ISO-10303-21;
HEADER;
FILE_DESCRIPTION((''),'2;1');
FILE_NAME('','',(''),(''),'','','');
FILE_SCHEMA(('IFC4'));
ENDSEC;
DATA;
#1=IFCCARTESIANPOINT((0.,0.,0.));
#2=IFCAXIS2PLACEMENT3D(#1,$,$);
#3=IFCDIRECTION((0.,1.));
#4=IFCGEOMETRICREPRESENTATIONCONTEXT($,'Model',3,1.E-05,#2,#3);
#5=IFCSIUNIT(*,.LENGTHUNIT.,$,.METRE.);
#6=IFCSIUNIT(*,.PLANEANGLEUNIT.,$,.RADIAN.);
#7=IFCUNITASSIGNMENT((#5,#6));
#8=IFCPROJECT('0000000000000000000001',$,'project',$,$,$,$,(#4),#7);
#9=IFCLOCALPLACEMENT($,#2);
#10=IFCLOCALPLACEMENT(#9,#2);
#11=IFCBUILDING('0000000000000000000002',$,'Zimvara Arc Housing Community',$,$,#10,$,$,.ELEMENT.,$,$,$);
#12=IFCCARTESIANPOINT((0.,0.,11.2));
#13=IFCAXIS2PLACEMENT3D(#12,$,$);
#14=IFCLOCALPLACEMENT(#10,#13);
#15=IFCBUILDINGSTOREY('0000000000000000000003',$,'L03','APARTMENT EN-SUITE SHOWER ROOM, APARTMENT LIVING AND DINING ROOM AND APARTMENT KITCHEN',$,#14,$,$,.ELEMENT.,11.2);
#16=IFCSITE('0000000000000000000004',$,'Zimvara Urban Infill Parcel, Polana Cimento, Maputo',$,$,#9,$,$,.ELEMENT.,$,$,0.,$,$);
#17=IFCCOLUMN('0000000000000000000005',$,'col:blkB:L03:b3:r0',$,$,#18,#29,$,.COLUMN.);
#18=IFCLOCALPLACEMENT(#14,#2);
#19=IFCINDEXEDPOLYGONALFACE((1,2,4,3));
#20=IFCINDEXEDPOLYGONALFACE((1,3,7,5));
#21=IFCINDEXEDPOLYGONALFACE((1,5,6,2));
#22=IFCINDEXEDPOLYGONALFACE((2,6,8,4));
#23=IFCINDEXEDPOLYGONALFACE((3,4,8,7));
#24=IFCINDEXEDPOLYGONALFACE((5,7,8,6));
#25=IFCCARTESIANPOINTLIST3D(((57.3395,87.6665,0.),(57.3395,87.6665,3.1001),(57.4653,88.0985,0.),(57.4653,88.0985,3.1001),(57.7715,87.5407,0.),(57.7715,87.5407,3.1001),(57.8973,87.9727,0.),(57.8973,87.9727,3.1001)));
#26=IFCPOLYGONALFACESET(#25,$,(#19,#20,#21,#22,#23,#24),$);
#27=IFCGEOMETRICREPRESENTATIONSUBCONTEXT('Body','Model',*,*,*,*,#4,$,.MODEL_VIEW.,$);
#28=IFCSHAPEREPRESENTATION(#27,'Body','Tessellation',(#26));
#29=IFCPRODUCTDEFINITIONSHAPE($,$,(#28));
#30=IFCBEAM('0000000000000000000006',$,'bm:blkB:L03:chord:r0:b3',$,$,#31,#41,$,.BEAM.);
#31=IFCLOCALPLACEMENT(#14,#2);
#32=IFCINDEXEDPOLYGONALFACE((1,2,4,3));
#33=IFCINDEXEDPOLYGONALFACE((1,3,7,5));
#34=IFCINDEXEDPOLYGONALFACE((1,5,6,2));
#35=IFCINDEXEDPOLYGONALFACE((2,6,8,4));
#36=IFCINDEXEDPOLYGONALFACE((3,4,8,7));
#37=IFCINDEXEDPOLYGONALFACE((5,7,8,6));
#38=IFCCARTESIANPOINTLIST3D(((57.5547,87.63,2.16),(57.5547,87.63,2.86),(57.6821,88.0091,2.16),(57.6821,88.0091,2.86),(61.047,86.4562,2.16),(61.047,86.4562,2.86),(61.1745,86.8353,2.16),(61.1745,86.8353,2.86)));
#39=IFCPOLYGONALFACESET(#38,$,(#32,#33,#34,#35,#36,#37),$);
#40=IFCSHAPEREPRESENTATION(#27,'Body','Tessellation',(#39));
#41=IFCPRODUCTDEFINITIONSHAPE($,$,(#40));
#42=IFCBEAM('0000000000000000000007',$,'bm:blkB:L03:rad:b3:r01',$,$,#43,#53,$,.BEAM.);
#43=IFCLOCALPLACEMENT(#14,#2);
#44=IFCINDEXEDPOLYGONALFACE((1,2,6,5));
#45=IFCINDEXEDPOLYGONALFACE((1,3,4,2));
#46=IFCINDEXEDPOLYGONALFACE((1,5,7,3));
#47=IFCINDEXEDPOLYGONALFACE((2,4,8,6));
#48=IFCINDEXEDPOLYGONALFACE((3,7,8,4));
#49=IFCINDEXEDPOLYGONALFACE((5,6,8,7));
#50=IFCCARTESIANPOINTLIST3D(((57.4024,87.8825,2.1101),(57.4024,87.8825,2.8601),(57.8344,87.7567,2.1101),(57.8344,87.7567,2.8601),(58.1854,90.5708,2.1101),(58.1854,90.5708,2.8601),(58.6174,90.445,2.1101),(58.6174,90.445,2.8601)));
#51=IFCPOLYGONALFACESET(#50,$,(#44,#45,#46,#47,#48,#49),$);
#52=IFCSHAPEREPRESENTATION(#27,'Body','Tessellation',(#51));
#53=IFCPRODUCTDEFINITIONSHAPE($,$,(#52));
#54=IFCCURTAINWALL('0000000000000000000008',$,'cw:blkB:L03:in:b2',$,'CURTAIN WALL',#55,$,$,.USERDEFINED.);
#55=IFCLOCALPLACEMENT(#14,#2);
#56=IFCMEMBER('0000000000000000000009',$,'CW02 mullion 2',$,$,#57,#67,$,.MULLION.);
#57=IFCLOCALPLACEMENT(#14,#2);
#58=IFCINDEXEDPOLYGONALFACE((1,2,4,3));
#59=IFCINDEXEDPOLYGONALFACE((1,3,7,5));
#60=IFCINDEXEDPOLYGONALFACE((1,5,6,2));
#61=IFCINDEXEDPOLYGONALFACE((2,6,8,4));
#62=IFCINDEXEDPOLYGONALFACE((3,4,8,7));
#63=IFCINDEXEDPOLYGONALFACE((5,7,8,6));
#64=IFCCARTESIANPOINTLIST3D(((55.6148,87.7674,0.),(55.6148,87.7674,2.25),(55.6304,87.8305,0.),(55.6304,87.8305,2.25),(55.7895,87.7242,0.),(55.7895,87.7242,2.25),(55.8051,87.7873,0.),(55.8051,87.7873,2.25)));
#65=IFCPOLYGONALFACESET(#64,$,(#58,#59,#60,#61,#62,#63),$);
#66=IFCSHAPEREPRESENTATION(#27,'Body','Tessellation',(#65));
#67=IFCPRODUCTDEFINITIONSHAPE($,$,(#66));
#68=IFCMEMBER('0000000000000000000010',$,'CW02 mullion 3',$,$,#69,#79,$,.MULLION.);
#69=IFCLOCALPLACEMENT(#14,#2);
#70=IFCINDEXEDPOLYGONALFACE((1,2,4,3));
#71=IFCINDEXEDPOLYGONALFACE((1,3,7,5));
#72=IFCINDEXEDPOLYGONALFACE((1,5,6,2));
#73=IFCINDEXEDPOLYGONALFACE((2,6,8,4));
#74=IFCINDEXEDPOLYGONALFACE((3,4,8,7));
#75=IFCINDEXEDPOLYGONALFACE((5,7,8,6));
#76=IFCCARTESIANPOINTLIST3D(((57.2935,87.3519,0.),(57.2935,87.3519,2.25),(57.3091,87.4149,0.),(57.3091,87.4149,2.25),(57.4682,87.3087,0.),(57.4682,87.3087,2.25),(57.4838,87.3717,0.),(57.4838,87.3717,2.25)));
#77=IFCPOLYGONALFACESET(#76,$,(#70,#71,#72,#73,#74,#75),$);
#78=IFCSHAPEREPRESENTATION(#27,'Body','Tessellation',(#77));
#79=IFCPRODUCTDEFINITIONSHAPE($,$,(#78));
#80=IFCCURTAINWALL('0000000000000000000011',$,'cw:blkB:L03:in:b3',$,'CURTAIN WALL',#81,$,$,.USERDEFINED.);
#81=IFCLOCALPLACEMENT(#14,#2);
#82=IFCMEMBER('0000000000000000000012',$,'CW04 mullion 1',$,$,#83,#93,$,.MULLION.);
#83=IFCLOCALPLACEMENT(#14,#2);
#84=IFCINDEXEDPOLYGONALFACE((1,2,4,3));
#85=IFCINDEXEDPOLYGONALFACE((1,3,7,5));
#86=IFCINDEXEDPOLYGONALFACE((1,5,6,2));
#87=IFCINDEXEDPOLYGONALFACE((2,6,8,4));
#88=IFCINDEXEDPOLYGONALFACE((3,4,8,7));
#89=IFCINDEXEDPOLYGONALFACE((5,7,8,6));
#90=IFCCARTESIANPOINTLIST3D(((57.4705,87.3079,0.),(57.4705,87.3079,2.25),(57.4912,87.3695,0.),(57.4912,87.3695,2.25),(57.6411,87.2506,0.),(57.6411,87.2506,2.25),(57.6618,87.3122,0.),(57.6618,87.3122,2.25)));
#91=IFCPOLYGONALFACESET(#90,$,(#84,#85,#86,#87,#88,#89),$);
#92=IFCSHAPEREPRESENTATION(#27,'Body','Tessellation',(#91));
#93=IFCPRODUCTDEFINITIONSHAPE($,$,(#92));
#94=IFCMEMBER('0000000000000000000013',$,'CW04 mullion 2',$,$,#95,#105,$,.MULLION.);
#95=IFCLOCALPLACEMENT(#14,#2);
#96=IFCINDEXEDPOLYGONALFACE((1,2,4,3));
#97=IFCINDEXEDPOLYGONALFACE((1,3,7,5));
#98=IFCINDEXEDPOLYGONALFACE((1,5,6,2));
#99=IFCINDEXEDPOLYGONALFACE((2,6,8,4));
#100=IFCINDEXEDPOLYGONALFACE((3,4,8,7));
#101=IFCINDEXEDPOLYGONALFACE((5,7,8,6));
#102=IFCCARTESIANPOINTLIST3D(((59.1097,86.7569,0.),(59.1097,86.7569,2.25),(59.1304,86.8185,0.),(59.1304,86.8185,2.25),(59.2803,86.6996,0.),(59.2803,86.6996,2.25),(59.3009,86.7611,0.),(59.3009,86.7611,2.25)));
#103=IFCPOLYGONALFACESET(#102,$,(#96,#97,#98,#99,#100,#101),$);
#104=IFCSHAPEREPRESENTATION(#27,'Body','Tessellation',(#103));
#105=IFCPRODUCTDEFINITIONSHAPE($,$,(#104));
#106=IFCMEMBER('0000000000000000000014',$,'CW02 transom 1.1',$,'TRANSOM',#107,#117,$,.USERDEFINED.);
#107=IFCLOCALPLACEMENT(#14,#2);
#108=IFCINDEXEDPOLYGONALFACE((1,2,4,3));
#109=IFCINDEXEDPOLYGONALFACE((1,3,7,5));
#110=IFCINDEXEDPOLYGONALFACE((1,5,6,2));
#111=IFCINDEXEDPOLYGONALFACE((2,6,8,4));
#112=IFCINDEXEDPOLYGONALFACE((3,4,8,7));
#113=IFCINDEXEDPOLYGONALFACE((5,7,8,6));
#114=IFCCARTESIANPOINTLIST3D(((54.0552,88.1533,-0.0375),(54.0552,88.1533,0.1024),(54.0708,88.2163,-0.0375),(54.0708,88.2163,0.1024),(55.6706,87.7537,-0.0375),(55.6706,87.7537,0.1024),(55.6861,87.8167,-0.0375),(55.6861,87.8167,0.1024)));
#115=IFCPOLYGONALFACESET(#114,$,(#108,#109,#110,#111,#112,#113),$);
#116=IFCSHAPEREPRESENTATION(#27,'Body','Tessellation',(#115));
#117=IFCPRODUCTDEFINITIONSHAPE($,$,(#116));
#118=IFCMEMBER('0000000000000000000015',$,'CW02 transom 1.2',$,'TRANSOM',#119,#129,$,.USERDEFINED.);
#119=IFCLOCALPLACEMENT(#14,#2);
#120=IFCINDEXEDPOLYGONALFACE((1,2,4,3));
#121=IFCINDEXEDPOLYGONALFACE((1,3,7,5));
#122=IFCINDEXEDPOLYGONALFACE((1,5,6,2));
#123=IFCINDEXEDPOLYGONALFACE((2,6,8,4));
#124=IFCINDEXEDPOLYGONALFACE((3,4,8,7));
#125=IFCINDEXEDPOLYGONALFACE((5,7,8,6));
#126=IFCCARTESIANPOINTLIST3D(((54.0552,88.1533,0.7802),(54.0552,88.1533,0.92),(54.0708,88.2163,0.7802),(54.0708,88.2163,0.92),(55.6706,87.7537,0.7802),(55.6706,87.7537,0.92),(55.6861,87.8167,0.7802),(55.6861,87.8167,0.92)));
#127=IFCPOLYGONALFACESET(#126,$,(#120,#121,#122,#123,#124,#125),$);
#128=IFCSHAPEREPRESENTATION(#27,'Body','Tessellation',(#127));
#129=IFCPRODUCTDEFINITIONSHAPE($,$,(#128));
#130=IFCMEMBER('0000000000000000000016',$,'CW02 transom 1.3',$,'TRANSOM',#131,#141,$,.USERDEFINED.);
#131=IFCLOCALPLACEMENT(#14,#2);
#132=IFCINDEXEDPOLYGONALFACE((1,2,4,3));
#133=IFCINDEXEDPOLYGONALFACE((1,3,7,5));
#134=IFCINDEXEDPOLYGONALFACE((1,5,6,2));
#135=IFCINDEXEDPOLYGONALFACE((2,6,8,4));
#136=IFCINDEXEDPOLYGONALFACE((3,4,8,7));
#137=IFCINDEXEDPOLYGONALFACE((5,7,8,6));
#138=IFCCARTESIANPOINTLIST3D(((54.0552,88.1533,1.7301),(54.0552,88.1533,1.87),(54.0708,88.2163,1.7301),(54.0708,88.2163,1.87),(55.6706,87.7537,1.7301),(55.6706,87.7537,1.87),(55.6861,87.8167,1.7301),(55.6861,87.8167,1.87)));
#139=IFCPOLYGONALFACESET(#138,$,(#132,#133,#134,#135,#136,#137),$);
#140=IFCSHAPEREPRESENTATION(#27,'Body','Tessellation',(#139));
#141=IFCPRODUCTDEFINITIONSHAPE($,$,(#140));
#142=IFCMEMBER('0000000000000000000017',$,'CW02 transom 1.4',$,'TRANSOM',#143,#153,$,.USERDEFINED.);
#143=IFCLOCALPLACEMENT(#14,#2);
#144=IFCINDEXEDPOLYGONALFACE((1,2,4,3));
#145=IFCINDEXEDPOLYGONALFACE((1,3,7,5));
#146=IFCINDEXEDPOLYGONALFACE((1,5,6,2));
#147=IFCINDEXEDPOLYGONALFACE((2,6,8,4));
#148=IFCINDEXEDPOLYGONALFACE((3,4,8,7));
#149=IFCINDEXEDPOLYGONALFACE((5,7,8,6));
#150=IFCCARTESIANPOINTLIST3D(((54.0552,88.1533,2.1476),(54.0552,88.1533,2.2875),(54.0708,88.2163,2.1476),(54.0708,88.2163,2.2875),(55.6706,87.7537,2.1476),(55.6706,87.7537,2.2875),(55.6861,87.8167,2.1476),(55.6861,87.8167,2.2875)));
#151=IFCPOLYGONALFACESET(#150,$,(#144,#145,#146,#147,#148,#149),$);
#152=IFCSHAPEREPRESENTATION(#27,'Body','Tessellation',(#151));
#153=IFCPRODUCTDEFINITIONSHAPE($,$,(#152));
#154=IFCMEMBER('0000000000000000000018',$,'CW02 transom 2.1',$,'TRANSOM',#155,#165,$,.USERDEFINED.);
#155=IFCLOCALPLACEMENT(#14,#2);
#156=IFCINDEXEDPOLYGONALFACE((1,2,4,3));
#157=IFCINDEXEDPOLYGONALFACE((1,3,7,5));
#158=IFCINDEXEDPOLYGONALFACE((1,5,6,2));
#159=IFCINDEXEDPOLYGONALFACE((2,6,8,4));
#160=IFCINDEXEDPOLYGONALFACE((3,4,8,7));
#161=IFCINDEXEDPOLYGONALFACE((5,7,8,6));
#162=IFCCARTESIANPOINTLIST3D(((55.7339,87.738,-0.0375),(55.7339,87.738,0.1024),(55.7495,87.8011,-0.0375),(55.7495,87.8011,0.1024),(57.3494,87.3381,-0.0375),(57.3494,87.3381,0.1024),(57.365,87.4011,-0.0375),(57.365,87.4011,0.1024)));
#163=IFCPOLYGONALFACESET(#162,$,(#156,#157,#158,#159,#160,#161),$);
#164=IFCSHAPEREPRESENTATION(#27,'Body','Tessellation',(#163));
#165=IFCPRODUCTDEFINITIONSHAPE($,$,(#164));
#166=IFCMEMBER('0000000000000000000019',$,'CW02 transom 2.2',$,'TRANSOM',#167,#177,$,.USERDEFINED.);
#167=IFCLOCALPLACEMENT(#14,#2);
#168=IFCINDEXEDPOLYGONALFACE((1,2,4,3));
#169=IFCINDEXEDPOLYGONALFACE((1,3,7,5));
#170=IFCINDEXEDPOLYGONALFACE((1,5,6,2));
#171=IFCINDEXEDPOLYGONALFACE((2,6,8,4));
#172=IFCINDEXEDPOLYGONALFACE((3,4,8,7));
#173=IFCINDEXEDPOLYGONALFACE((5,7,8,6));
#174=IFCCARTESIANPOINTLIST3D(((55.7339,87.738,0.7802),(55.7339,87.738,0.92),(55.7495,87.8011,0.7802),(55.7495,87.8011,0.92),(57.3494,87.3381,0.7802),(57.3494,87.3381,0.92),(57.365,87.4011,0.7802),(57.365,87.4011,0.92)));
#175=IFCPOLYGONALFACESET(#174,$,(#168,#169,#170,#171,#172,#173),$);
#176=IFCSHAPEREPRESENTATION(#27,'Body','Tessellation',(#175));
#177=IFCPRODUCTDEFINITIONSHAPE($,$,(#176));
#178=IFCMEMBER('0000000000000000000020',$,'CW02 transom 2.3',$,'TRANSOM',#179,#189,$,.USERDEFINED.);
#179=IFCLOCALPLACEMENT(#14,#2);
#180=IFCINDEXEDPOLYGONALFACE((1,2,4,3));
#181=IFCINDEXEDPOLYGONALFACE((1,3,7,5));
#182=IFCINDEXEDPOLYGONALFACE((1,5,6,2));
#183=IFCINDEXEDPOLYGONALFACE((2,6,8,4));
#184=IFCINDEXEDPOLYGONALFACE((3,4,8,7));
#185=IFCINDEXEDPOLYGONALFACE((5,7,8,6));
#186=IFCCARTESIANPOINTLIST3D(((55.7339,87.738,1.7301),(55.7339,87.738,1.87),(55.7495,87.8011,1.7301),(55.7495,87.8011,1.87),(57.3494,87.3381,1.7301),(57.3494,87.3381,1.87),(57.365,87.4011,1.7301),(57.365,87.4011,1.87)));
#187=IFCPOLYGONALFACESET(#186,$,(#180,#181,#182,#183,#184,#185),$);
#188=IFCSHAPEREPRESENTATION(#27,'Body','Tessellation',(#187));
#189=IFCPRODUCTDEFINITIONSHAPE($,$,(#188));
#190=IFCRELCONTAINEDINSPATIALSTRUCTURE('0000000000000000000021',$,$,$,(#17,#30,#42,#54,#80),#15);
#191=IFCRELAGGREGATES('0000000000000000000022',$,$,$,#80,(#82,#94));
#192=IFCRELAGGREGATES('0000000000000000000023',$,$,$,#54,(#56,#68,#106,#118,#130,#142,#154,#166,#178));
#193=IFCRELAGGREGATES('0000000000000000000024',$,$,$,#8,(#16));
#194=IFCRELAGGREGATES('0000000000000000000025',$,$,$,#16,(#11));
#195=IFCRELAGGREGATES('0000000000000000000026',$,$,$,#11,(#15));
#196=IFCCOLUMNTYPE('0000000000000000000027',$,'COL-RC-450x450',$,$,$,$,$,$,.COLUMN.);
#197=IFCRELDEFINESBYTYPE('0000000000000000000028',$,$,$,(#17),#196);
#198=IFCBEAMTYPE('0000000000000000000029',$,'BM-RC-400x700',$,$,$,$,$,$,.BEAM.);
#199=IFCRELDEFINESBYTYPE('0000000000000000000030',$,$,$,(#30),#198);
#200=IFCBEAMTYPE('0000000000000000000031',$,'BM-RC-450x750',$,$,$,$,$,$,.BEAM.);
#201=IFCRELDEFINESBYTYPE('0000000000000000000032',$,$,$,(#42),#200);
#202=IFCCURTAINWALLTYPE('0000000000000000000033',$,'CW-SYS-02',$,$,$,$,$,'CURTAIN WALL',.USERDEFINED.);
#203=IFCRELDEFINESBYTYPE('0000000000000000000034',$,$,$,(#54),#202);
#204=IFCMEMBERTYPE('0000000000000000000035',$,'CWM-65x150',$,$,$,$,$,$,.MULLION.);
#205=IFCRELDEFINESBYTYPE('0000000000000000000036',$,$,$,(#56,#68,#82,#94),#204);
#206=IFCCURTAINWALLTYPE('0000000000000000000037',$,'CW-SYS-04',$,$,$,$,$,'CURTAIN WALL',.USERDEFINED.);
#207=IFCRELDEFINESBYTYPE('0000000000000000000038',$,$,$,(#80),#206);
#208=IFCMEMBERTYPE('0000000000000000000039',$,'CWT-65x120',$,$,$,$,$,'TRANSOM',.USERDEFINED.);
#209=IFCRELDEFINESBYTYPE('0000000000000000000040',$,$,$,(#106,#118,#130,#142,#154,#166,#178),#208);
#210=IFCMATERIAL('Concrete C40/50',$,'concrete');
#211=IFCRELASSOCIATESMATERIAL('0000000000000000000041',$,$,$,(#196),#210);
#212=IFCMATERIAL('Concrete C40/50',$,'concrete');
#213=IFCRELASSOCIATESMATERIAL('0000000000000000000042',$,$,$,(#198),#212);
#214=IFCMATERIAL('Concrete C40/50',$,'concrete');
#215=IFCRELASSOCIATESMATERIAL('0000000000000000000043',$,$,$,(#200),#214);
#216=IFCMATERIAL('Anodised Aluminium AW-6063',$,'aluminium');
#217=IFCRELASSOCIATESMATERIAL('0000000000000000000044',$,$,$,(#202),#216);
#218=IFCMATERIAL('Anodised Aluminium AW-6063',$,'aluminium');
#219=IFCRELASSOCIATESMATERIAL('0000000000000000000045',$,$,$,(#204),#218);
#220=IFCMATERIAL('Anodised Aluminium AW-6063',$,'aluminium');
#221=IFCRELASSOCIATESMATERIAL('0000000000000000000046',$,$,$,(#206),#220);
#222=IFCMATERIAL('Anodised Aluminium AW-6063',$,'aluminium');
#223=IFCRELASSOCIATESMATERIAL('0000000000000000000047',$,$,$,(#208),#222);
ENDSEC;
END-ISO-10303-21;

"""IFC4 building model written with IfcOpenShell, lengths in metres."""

from ifc_helpers import new_model, si_unit, direction, frame, origin, origin_2d, place, context, subcontext, project, spatial, rectangle, extrude, material, material_profile, profile_set, type_object, element, aggregate, save


model = new_model("IFC4")

# Units and contexts
model_context = context("Model", 3, precision=1e-05, world=origin(), true_north=direction((0.0, 1.0)))
body_context = subcontext(model_context, "Body", "Model", "MODEL_VIEW")
ifc_project = project(units=[si_unit("LENGTHUNIT", "METRE"), si_unit("PLANEANGLEUNIT", "RADIAN")], contexts=[model_context])

# Site, building, storey
site_placement = place(None, origin())
site = spatial("IfcSite", under=ifc_project, at=site_placement, Name="Zimvara Urban Infill Parcel, Polana Cimento, Maputo", CompositionType="ELEMENT", RefElevation=0.0)
building_placement = place(site_placement, origin())
building = spatial("IfcBuilding", under=site, at=building_placement, Name="Zimvara Arc Housing Community", CompositionType="ELEMENT")
storey_placement = place(building_placement, frame((0.0, 0.0, 11.2)))
storey = spatial("IfcBuildingStorey", under=building, at=storey_placement, Name="L03", Description="APARTMENT EN-SUITE SHOWER ROOM, APARTMENT LIVING AND DINING ROOM AND APARTMENT KITCHEN", CompositionType="ELEMENT", Elevation=11.2)

# Column
ifc_material_1 = material(Name="Concrete C40/50", Category="concrete")
ifc_material_profile_1 = material_profile(ifc_material_1, rectangle(XDim=0.45, YDim=0.45, at=origin_2d()), Name="RC 450x450")
ifc_profile_set_1 = profile_set([ifc_material_profile_1], Name="Concrete C40/50")
column_type = type_object("IfcColumnType", Name="COL-RC-450x450", PredefinedType="COLUMN", material=ifc_profile_set_1)
column_placement = place(storey_placement, frame((57.6184, 87.8196, 0.0), z_axis=(0.0, 0.0, 1.0), x_axis=(0.279661, 0.960099, 0.0)))
element("IfcColumn", 1, at=column_placement, inside=storey, type_object=column_type, Name="col:blkB:L03:b3:r0", PredefinedType="COLUMN", context=body_context, shape_type="SweptSolid", body=[
    extrude(rectangle(XDim=0.45, YDim=0.45, at=origin_2d()), origin(), (0.0, 0.0, 1.0), 3.1001),
])

# Beams
ifc_material_2 = material(Name="Concrete C40/50", Category="concrete")
ifc_material_profile_2 = material_profile(ifc_material_2, rectangle(XDim=0.3999, YDim=0.7, at=origin_2d()), Name="RC 400x700")
ifc_profile_set_2 = profile_set([ifc_material_profile_2], Name="Concrete C40/50")
beam_type_1 = type_object("IfcBeamType", Name="BM-RC-400x700", PredefinedType="BEAM", material=ifc_profile_set_2)
beam_1_placement = place(storey_placement, frame((57.6184, 87.8196, 2.51), z_axis=(0.947892, -0.318592, 0.0), x_axis=(0.318592, 0.947892, 0.0)))
element("IfcBeam", 2, at=beam_1_placement, inside=storey, type_object=beam_type_1, Name="bm:blkB:L03:chord:r0:b3", PredefinedType="BEAM", context=body_context, shape_type="SweptSolid", body=[
    extrude(rectangle(XDim=0.3999, YDim=0.7, at=origin_2d()), origin(), (0.0, 0.0, 1.0), 3.6843),
])
ifc_material_3 = material(Name="Concrete C40/50", Category="concrete")
ifc_material_profile_3 = material_profile(ifc_material_3, rectangle(XDim=0.45, YDim=0.75, at=origin_2d()), Name="RC 450x750")
ifc_profile_set_3 = profile_set([ifc_material_profile_3], Name="Concrete C40/50")
beam_type_2 = type_object("IfcBeamType", Name="BM-RC-450x750", PredefinedType="BEAM", material=ifc_profile_set_3)
beam_2_placement = place(storey_placement, frame((57.6184, 87.8196, 2.4851), z_axis=(0.279635, 0.960106, 0.0), x_axis=(-0.960106, 0.279635, 0.0)))
element("IfcBeam", 3, at=beam_2_placement, inside=storey, type_object=beam_type_2, Name="bm:blkB:L03:rad:b3:r01", PredefinedType="BEAM", context=body_context, shape_type="SweptSolid", body=[
    extrude(rectangle(XDim=0.45, YDim=0.75, at=origin_2d()), origin(), (0.0, 0.0, 1.0), 2.8),
])

# Curtain walls, members
ifc_material_4 = material(Name="Anodised Aluminium AW-6063", Category="aluminium")
curtain_wall_type_1 = type_object("IfcCurtainWallType", Name="CW-SYS-02", ElementType="CURTAIN WALL", PredefinedType="USERDEFINED", material=ifc_material_4)
curtain_wall_1_placement = place(storey_placement, origin())
curtain_wall_1 = element("IfcCurtainWall", 4, at=curtain_wall_1_placement, inside=storey, type_object=curtain_wall_type_1, Name="cw:blkB:L03:in:b2", ObjectType="CURTAIN WALL", PredefinedType="USERDEFINED")
ifc_material_5 = material(Name="Anodised Aluminium AW-6063", Category="aluminium")
ifc_material_profile_4 = material_profile(ifc_material_5, rectangle(XDim=0.0649, YDim=0.1799, at=origin_2d()), Name="ALU 65x180")
ifc_profile_set_4 = profile_set([ifc_material_profile_4], Name="Anodised Aluminium AW-6063")
member_type_1 = type_object("IfcMemberType", Name="CWM-65x150", PredefinedType="MULLION", material=ifc_profile_set_4)
member_1_placement = place(storey_placement, frame((55.71, 87.7773, 0.0), z_axis=(0.0, 0.0, 1.0), x_axis=(0.240228, 0.970717, 0.0)))
member_1 = element("IfcMember", 5, at=member_1_placement, type_object=member_type_1, Name="CW02 mullion 2", PredefinedType="MULLION", context=body_context, shape_type="SweptSolid", body=[
    extrude(rectangle(XDim=0.0649, YDim=0.1799, at=origin_2d()), origin(), (0.0, 0.0, 1.0), 2.25),
])
member_2_placement = place(storey_placement, frame((57.3887, 87.3618, 0.0), z_axis=(0.0, 0.0, 1.0), x_axis=(0.240228, 0.970717, 0.0)))
member_2 = element("IfcMember", 6, at=member_2_placement, type_object=member_type_1, Name="CW02 mullion 3", PredefinedType="MULLION", context=body_context, shape_type="SweptSolid", body=[
    extrude(rectangle(XDim=0.0649, YDim=0.1799, at=origin_2d()), origin(), (0.0, 0.0, 1.0), 2.25),
])
ifc_material_6 = material(Name="Anodised Aluminium AW-6063", Category="aluminium")
curtain_wall_type_2 = type_object("IfcCurtainWallType", Name="CW-SYS-04", ElementType="CURTAIN WALL", PredefinedType="USERDEFINED", material=ifc_material_6)
curtain_wall_2_placement = place(storey_placement, origin())
curtain_wall_2 = element("IfcCurtainWall", 7, at=curtain_wall_2_placement, inside=storey, type_object=curtain_wall_type_2, Name="cw:blkB:L03:in:b3", ObjectType="CURTAIN WALL", PredefinedType="USERDEFINED")
member_3_placement = place(storey_placement, frame((57.5662, 87.3101, 0.0), z_axis=(0.0, 0.0, 1.0), x_axis=(0.31863, 0.947879, 0.0)))
member_3 = element("IfcMember", 8, at=member_3_placement, type_object=member_type_1, Name="CW04 mullion 1", PredefinedType="MULLION", context=body_context, shape_type="SweptSolid", body=[
    extrude(rectangle(XDim=0.0649, YDim=0.1799, at=origin_2d()), origin(), (0.0, 0.0, 1.0), 2.25),
])
member_4_placement = place(storey_placement, frame((59.2053, 86.759, 0.0), z_axis=(0.0, 0.0, 1.0), x_axis=(0.31863, 0.947879, 0.0)))
member_4 = element("IfcMember", 9, at=member_4_placement, type_object=member_type_1, Name="CW04 mullion 2", PredefinedType="MULLION", context=body_context, shape_type="SweptSolid", body=[
    extrude(rectangle(XDim=0.0649, YDim=0.1799, at=origin_2d()), origin(), (0.0, 0.0, 1.0), 2.25),
])

# Members
ifc_material_7 = material(Name="Anodised Aluminium AW-6063", Category="aluminium")
ifc_material_profile_5 = material_profile(ifc_material_7, rectangle(XDim=0.0649, YDim=0.1399, at=origin_2d()), Name="ALU 65x140")
ifc_profile_set_5 = profile_set([ifc_material_profile_5], Name="Anodised Aluminium AW-6063")
member_type_2 = type_object("IfcMemberType", Name="CWT-65x120", ElementType="TRANSOM", PredefinedType="USERDEFINED", material=ifc_profile_set_5)
member_5_placement = place(storey_placement, frame((54.063, 88.1848, 0.0325), z_axis=(0.970735, -0.240153, 0.0), x_axis=(0.240153, 0.970735, 0.0)))
member_5 = element("IfcMember", 10, at=member_5_placement, type_object=member_type_2, Name="CW02 transom 1.1", ObjectType="TRANSOM", PredefinedType="USERDEFINED", context=body_context, shape_type="SweptSolid", body=[
    extrude(rectangle(XDim=0.0649, YDim=0.1399, at=origin_2d()), origin(), (0.0, 0.0, 1.0), 1.6641),
])
member_6_placement = place(storey_placement, frame((54.063, 88.1848, 0.8501), z_axis=(0.970735, -0.240153, 0.0), x_axis=(0.240153, 0.970735, 0.0)))
member_6 = element("IfcMember", 11, at=member_6_placement, type_object=member_type_2, Name="CW02 transom 1.2", ObjectType="TRANSOM", PredefinedType="USERDEFINED", context=body_context, shape_type="SweptSolid", body=[
    extrude(rectangle(XDim=0.0649, YDim=0.1399, at=origin_2d()), origin(), (0.0, 0.0, 1.0), 1.6641),
])
member_7_placement = place(storey_placement, frame((54.063, 88.1848, 1.8), z_axis=(0.970735, -0.240153, 0.0), x_axis=(0.240153, 0.970735, 0.0)))
member_7 = element("IfcMember", 12, at=member_7_placement, type_object=member_type_2, Name="CW02 transom 1.3", ObjectType="TRANSOM", PredefinedType="USERDEFINED", context=body_context, shape_type="SweptSolid", body=[
    extrude(rectangle(XDim=0.0649, YDim=0.1399, at=origin_2d()), origin(), (0.0, 0.0, 1.0), 1.6641),
])
member_8_placement = place(storey_placement, frame((54.063, 88.1848, 2.2175), z_axis=(0.970735, -0.240153, 0.0), x_axis=(0.240153, 0.970735, 0.0)))
member_8 = element("IfcMember", 13, at=member_8_placement, type_object=member_type_2, Name="CW02 transom 1.4", ObjectType="TRANSOM", PredefinedType="USERDEFINED", context=body_context, shape_type="SweptSolid", body=[
    extrude(rectangle(XDim=0.0649, YDim=0.1399, at=origin_2d()), origin(), (0.0, 0.0, 1.0), 1.6641),
])
member_9_placement = place(storey_placement, frame((55.7417, 87.7695, 0.0325), z_axis=(0.970701, -0.240291, 0.0), x_axis=(0.240291, 0.970701, 0.0)))
member_9 = element("IfcMember", 14, at=member_9_placement, type_object=member_type_2, Name="CW02 transom 2.1", ObjectType="TRANSOM", PredefinedType="USERDEFINED", context=body_context, shape_type="SweptSolid", body=[
    extrude(rectangle(XDim=0.0649, YDim=0.1399, at=origin_2d()), origin(), (0.0, 0.0, 1.0), 1.6643),
])
member_10_placement = place(storey_placement, frame((55.7417, 87.7695, 0.8501), z_axis=(0.970701, -0.240291, 0.0), x_axis=(0.240291, 0.970701, 0.0)))
member_10 = element("IfcMember", 15, at=member_10_placement, type_object=member_type_2, Name="CW02 transom 2.2", ObjectType="TRANSOM", PredefinedType="USERDEFINED", context=body_context, shape_type="SweptSolid", body=[
    extrude(rectangle(XDim=0.0649, YDim=0.1399, at=origin_2d()), origin(), (0.0, 0.0, 1.0), 1.6643),
])
member_11_placement = place(storey_placement, frame((55.7417, 87.7695, 1.8), z_axis=(0.970701, -0.240291, 0.0), x_axis=(0.240291, 0.970701, 0.0)))
member_11 = element("IfcMember", 16, at=member_11_placement, type_object=member_type_2, Name="CW02 transom 2.3", ObjectType="TRANSOM", PredefinedType="USERDEFINED", context=body_context, shape_type="SweptSolid", body=[
    extrude(rectangle(XDim=0.0649, YDim=0.1399, at=origin_2d()), origin(), (0.0, 0.0, 1.0), 1.6643),
])

aggregate(curtain_wall_2, [member_3, member_4])
aggregate(curtain_wall_1, [member_1, member_2, member_5, member_6, member_7, member_8, member_9, member_10, member_11])

save(model, "model.ifc")
